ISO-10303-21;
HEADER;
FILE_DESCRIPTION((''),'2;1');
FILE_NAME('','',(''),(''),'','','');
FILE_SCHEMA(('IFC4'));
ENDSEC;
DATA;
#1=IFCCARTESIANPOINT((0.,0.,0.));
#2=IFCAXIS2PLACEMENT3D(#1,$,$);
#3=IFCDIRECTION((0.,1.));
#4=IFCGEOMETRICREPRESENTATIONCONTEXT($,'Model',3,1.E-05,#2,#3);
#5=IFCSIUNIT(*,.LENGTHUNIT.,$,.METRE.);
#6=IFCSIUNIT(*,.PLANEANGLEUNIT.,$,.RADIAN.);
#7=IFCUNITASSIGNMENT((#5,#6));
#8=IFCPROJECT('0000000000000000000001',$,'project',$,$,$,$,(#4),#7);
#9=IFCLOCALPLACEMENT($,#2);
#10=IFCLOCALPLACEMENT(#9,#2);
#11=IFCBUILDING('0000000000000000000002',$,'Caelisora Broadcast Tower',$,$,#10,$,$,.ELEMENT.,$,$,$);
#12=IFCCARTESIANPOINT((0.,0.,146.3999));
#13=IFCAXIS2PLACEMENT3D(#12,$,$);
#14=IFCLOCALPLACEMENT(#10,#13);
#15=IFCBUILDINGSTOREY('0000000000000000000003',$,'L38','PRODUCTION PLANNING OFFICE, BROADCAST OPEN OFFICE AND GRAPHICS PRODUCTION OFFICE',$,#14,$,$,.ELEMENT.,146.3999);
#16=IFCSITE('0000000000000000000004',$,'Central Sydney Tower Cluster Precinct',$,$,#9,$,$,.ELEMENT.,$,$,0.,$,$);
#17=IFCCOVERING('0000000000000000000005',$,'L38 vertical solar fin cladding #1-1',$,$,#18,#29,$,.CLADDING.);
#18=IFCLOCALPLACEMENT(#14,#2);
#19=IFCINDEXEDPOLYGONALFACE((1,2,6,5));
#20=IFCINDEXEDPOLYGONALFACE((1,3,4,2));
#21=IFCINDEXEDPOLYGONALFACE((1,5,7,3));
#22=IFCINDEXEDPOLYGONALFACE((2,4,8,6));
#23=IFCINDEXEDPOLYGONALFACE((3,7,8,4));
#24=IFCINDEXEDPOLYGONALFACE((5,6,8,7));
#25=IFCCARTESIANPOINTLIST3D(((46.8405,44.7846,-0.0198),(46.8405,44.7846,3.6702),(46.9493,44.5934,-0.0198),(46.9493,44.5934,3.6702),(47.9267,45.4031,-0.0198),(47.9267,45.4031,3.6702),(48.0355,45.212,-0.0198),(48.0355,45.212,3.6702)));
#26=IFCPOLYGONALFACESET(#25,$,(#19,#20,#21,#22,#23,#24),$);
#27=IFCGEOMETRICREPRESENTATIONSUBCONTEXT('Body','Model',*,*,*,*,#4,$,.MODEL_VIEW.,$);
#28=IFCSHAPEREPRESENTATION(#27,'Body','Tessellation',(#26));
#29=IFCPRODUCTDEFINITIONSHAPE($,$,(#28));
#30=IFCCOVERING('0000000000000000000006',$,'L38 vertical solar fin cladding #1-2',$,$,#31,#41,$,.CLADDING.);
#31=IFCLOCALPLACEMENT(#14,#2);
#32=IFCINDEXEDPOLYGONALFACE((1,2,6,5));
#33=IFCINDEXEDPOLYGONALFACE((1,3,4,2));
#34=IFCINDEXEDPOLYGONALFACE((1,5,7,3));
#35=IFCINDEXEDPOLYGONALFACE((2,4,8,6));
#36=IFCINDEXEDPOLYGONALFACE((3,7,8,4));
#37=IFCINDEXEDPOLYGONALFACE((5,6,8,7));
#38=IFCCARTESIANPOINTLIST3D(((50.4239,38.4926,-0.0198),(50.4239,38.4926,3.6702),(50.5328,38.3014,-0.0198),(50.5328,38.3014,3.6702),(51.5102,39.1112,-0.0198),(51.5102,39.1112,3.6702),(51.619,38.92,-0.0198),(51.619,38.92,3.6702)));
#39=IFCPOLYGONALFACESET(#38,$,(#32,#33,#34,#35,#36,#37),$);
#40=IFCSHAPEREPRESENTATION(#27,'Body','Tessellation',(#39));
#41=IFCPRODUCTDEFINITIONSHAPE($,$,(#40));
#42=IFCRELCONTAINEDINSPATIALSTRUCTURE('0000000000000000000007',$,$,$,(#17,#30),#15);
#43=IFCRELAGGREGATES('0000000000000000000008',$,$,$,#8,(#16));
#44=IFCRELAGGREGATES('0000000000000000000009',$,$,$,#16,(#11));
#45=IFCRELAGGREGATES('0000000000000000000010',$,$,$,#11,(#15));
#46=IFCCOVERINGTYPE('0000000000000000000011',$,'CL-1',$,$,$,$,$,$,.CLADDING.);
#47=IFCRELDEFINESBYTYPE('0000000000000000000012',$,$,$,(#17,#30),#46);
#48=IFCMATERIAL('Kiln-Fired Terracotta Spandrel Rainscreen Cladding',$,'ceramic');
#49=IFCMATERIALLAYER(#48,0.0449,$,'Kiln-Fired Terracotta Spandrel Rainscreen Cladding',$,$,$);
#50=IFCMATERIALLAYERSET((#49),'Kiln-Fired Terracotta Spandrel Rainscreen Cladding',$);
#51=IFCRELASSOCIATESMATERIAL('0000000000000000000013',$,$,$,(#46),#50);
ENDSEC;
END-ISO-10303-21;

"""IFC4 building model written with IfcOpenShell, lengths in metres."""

from ifc_helpers import new_model, si_unit, direction, frame, origin, origin_2d, place, context, subcontext, project, spatial, rectangle, extrude, source, transform, mapped, material, layer, layer_set, type_object, type_shapes, element, save


model = new_model("IFC4")

# Units and contexts
model_context = context("Model", 3, precision=1e-05, world=origin(), true_north=direction((0.0, 1.0)))
body_context = subcontext(model_context, "Body", "Model", "MODEL_VIEW")
ifc_project = project(units=[si_unit("LENGTHUNIT", "METRE"), si_unit("PLANEANGLEUNIT", "RADIAN")], contexts=[model_context])

# Site, building, storey
site_placement = place(None, origin())
site = spatial("IfcSite", under=ifc_project, at=site_placement, Name="Central Sydney Tower Cluster Precinct", CompositionType="ELEMENT", RefElevation=0.0)
building_placement = place(site_placement, origin())
building = spatial("IfcBuilding", under=site, at=building_placement, Name="Caelisora Broadcast Tower", CompositionType="ELEMENT")
storey_placement = place(building_placement, frame((0.0, 0.0, 146.3999)))
storey = spatial("IfcBuildingStorey", under=building, at=storey_placement, Name="L38", Description="PRODUCTION PLANNING OFFICE, BROADCAST OPEN OFFICE AND GRAPHICS PRODUCTION OFFICE", CompositionType="ELEMENT", Elevation=146.3999)

# Coverings
ifc_material_1 = material(Name="Kiln-Fired Terracotta Spandrel Rainscreen Cladding", Category="ceramic")
ifc_layer_1 = layer(ifc_material_1, 0.0449, Name="Kiln-Fired Terracotta Spandrel Rainscreen Cladding")
ifc_layer_set_1 = layer_set([ifc_layer_1], Name="Kiln-Fired Terracotta Spandrel Rainscreen Cladding")
covering_type = type_object("IfcCoveringType", Name="CL-1", PredefinedType="CLADDING", material=ifc_layer_set_1)
shared_shape_1 = source(origin(), body_context, "Body", "SweptSolid", [
    extrude(rectangle(XDim=0.22, YDim=1.25, at=origin_2d()), origin(), (0.0, 0.0, 1.0), 3.6899),
])
type_shapes(covering_type, [shared_shape_1])
for number, where, z_axis, x_axis, name in (
    (1, (47.438, 44.9983, -0.0198), (0.0, 0.0, 1.0), (0.494852, -0.868977, 0.0), "L38 vertical solar fin cladding #1-1"),
    (2, (51.0215, 38.7063, -0.0198), (0.0, 0.0, 1.0), (0.494852, -0.868977, 0.0), "L38 vertical solar fin cladding #1-2"),
):
    element("IfcCovering", number, at=place(storey_placement, frame(where, z_axis=z_axis, x_axis=x_axis)), inside=storey, type_object=covering_type, Name=name, PredefinedType="CLADDING", context=body_context, shape_type="MappedRepresentation", body=[
        mapped(shared_shape_1, transform((0.0, 0.0, 0.0), scale=1.0)),
    ])

save(model, "model.ifc")
